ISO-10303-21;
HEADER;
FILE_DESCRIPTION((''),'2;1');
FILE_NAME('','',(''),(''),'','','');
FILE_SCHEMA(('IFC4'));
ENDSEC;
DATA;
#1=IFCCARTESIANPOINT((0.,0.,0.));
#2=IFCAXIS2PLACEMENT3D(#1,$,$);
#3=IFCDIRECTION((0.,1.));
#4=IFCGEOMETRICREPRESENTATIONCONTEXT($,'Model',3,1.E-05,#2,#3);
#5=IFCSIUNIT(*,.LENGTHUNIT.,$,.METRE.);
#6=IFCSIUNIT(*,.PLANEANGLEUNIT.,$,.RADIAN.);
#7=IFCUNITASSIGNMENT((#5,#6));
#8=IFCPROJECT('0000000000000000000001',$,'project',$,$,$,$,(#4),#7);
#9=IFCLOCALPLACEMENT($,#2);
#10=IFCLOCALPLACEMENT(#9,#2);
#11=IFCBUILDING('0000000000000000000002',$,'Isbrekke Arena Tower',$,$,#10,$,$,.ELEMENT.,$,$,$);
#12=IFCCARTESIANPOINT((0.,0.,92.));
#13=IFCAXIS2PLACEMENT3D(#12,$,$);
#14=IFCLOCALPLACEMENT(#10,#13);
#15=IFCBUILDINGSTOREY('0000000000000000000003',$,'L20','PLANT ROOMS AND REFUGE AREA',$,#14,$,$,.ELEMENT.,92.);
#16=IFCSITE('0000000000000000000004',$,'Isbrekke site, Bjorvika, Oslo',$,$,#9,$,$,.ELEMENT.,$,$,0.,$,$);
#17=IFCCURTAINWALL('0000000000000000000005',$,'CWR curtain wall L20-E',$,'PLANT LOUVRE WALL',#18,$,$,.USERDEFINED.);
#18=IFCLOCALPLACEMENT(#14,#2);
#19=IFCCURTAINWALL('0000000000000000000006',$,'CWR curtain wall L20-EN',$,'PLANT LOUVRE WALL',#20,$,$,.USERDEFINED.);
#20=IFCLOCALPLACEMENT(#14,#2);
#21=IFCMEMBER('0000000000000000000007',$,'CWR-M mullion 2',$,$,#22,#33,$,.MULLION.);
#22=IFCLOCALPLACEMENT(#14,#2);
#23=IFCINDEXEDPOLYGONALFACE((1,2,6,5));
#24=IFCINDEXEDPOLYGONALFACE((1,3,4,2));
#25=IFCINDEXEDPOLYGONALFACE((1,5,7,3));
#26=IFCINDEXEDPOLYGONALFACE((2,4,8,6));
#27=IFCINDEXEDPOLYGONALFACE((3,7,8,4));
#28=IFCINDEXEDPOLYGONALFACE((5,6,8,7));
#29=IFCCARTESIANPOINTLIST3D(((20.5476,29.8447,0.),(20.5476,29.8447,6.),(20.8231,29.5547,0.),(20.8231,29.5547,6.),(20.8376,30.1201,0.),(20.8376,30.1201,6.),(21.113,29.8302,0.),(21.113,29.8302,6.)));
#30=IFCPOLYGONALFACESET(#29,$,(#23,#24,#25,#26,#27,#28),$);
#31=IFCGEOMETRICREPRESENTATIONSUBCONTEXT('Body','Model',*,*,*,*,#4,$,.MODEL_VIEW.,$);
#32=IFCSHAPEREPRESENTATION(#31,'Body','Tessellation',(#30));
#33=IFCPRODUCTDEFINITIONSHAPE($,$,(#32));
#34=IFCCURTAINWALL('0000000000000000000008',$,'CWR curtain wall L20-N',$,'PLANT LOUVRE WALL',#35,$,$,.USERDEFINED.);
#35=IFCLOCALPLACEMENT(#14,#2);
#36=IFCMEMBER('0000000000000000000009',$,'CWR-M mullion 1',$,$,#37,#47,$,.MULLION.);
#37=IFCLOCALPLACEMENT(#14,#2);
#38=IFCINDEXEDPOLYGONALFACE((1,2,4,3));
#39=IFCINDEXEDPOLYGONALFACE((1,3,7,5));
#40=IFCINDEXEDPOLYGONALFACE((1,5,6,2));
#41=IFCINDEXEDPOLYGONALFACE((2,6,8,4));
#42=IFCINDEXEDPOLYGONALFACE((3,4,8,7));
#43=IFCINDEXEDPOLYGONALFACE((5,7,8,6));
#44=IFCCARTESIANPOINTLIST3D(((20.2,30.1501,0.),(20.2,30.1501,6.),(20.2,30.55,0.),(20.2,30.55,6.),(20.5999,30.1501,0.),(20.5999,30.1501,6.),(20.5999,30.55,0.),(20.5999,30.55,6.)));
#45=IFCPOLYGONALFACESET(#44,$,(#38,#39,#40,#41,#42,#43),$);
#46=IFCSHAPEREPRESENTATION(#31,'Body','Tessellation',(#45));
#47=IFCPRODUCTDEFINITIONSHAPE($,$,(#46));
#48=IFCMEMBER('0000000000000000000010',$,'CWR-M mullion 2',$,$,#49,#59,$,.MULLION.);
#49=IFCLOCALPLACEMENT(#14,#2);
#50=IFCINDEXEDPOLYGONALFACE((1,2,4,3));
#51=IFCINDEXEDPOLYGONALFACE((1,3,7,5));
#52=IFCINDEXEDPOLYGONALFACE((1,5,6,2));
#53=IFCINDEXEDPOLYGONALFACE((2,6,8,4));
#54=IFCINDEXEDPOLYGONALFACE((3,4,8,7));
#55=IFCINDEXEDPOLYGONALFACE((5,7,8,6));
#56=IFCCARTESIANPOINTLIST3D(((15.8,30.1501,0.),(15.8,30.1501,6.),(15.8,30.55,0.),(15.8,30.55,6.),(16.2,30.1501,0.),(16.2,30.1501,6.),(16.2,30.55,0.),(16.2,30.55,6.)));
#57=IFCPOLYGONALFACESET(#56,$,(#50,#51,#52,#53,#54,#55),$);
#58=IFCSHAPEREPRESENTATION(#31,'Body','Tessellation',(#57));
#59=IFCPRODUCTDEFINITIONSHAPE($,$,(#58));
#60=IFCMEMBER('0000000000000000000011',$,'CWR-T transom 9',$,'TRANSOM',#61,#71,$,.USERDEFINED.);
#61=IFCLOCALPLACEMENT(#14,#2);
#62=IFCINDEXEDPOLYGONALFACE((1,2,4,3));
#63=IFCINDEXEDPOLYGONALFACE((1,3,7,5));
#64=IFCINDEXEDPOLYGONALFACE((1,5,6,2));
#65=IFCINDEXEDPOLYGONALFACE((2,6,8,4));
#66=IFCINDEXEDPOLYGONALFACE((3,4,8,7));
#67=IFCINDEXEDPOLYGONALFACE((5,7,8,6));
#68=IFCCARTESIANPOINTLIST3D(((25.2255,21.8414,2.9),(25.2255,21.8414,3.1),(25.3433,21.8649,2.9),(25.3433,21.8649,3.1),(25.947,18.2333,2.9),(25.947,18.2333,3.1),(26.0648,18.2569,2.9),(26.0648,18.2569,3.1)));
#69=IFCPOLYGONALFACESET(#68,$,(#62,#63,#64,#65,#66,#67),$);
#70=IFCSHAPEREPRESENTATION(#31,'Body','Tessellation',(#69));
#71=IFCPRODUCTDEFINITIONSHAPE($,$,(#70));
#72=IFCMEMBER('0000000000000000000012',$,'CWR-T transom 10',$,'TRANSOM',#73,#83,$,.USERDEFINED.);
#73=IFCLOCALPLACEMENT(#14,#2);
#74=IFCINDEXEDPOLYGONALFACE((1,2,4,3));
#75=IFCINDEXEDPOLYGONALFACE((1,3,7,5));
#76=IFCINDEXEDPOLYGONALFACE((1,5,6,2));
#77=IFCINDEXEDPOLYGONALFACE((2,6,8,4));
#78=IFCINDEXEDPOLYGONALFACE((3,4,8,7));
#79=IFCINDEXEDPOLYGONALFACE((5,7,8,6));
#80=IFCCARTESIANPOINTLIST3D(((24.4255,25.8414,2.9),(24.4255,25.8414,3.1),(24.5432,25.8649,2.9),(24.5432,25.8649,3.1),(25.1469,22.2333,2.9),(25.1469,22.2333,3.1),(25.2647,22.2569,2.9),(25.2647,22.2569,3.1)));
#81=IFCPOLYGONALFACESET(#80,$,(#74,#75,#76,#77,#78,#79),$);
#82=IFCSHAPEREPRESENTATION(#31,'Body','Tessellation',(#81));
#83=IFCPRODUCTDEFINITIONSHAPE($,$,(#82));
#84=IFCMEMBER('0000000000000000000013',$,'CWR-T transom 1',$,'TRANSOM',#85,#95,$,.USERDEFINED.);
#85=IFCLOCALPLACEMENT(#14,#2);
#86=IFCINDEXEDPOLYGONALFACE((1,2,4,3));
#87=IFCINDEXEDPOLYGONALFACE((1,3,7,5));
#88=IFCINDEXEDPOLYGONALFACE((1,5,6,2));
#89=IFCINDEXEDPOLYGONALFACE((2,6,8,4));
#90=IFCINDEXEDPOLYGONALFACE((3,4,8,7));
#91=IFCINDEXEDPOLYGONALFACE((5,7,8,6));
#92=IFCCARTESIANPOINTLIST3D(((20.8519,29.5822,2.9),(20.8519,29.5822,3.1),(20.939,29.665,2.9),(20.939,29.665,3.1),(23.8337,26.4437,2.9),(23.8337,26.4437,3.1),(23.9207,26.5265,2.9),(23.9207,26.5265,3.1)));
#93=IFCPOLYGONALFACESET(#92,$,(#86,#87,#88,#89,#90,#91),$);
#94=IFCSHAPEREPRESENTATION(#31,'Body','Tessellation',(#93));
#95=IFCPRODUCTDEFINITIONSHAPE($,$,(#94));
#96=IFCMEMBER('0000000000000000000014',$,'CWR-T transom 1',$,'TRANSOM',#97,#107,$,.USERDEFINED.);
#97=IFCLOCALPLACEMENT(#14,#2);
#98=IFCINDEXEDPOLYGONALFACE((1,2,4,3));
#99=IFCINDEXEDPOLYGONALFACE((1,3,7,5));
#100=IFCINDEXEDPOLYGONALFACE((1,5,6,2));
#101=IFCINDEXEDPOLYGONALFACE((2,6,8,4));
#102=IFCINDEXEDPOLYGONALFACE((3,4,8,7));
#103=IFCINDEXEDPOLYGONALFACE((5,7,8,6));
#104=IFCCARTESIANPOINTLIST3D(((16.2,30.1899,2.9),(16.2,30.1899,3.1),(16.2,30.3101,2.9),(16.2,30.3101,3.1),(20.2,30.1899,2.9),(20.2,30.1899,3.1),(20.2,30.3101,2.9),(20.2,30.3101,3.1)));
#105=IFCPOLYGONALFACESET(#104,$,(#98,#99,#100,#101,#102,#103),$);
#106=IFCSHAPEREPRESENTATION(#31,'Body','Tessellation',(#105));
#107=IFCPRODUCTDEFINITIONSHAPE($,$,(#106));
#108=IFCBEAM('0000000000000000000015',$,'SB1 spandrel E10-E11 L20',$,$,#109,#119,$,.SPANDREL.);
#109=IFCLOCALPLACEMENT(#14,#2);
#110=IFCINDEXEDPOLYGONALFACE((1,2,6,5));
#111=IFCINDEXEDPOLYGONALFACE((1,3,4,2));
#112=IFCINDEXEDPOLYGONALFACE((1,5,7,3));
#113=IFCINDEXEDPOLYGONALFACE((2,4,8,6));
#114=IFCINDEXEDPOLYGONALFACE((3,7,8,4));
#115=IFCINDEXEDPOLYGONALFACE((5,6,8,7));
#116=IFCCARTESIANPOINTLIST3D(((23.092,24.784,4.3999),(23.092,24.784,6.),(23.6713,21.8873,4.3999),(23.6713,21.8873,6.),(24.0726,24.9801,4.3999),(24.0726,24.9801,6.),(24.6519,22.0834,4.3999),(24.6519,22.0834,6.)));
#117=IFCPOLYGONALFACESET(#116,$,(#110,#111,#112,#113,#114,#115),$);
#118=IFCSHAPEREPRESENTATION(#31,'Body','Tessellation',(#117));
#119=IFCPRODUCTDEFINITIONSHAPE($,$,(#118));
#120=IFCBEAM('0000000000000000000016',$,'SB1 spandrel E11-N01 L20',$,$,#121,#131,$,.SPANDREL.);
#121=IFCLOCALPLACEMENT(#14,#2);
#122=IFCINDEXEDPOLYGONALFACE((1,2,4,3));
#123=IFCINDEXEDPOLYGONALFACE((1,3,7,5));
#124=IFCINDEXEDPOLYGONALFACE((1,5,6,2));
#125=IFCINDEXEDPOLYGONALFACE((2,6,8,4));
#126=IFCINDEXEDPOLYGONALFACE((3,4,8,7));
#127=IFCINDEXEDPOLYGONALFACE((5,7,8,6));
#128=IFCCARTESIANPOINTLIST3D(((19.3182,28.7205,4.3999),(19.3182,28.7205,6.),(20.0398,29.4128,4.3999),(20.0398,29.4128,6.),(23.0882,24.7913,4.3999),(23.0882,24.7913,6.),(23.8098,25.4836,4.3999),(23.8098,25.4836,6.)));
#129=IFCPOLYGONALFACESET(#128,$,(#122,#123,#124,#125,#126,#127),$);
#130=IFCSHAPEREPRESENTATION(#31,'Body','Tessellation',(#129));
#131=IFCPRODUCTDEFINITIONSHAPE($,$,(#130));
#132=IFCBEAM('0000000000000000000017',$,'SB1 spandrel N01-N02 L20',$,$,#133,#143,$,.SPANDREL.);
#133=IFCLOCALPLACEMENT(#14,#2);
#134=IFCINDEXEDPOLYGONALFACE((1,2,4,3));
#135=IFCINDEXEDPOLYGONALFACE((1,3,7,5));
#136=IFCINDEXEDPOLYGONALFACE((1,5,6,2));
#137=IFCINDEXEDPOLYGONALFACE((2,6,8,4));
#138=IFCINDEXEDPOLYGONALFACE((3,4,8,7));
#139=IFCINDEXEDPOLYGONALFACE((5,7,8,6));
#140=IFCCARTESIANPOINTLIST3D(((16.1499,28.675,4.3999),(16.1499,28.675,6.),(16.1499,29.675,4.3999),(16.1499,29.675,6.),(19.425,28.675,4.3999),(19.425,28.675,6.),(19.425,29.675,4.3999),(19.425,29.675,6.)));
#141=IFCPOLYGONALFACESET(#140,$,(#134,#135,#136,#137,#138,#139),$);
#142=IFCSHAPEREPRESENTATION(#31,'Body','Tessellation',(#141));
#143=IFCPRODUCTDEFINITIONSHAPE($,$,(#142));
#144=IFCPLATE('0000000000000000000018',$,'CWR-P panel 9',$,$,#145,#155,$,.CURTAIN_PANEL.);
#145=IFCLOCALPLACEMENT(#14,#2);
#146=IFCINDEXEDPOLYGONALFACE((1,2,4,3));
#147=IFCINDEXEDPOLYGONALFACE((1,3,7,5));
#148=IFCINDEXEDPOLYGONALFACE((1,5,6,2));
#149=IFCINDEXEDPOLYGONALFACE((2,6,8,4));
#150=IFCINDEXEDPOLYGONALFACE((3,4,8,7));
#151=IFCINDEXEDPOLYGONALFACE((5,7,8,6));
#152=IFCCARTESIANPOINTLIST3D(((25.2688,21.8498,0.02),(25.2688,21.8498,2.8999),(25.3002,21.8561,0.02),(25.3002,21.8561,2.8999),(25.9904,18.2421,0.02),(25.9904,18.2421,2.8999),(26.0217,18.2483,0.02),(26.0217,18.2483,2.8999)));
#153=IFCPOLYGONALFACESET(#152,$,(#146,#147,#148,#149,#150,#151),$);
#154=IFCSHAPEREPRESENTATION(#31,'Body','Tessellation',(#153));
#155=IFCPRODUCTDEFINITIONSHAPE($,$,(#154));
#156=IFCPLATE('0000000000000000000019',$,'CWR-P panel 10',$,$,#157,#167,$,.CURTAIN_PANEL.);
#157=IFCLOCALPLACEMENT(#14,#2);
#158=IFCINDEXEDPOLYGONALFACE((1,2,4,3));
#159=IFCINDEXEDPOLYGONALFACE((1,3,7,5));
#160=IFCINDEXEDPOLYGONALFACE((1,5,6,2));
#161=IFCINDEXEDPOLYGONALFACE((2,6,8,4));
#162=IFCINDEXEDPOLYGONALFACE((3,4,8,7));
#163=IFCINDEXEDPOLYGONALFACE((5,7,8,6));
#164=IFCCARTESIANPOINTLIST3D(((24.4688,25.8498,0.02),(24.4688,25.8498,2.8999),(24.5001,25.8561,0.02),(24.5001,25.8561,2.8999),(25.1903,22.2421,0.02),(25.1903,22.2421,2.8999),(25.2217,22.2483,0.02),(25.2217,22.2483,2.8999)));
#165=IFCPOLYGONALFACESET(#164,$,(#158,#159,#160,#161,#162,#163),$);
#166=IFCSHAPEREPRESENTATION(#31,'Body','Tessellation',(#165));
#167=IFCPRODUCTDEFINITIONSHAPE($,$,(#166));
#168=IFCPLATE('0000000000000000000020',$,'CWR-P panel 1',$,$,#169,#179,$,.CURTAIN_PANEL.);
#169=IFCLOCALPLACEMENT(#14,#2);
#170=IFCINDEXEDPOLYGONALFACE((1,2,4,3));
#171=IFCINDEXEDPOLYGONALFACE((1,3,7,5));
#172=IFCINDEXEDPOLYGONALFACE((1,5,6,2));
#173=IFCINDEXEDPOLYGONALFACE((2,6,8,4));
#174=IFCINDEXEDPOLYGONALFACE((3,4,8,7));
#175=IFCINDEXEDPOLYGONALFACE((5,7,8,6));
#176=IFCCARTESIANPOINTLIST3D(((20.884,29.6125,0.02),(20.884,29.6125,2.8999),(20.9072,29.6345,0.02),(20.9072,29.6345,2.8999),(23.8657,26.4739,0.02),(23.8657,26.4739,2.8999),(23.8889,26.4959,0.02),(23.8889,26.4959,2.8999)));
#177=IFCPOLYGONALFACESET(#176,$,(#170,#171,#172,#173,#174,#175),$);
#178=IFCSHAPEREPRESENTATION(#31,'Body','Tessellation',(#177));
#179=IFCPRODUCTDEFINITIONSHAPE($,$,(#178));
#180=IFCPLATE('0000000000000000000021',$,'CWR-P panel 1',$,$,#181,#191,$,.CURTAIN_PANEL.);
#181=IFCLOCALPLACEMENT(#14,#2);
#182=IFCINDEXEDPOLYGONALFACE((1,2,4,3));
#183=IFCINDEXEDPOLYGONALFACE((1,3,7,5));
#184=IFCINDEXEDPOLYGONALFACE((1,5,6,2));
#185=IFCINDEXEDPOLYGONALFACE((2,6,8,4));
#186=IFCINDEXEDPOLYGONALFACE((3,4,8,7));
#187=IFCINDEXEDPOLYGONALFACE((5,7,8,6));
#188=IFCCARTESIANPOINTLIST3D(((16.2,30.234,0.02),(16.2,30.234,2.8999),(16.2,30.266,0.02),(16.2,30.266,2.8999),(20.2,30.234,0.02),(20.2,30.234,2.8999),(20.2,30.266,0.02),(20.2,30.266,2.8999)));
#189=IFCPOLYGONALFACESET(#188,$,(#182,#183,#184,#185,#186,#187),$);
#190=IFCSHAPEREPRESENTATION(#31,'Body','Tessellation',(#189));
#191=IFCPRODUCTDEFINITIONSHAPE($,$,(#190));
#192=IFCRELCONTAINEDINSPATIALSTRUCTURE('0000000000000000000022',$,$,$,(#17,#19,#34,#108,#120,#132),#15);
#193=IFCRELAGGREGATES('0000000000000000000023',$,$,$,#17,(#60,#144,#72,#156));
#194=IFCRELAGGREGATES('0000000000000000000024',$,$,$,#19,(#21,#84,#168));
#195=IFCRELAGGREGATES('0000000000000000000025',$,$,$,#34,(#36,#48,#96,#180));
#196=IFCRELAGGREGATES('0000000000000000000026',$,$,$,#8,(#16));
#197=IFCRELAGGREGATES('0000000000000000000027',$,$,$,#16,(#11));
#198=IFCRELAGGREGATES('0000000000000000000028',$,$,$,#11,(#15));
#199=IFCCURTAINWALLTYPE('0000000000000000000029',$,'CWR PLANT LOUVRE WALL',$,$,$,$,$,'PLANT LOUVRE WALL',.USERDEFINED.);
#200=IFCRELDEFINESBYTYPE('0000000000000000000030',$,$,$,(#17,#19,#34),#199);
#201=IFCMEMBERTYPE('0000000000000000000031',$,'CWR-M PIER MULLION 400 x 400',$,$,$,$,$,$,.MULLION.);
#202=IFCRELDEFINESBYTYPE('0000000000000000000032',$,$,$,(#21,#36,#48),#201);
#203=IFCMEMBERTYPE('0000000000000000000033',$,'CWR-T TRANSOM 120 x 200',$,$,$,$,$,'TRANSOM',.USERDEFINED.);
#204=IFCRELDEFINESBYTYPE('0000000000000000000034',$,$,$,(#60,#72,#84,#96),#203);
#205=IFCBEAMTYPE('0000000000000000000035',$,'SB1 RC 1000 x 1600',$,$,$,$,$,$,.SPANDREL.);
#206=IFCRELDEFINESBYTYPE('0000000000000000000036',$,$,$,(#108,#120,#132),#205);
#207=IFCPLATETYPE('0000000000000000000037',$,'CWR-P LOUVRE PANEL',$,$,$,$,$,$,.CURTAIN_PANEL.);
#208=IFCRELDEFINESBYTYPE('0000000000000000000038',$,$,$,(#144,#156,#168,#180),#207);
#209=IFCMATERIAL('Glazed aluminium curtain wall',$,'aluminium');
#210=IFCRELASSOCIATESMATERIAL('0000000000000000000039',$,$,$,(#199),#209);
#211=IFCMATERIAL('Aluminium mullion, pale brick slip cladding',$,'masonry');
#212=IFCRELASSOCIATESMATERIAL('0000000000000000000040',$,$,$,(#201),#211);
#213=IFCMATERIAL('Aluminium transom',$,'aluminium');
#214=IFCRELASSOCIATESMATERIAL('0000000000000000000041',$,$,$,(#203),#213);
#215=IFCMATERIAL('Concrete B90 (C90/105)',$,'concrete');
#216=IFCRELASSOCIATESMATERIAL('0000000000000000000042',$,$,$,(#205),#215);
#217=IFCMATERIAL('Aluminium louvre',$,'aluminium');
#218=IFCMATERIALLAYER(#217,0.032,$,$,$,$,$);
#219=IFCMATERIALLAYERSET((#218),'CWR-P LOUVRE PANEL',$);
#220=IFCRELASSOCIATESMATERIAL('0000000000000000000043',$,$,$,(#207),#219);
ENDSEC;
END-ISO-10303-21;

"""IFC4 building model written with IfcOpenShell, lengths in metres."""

from ifc_helpers import new_model, si_unit, direction, frame, origin, origin_2d, place, context, subcontext, project, spatial, rectangle, extrude, material, layer, layer_set, material_profile, profile_set, type_object, element, aggregate, save


model = new_model("IFC4")

# Units and contexts
model_context = context("Model", 3, precision=1e-05, world=origin(), true_north=direction((0.0, 1.0)))
body_context = subcontext(model_context, "Body", "Model", "MODEL_VIEW")
ifc_project = project(units=[si_unit("LENGTHUNIT", "METRE"), si_unit("PLANEANGLEUNIT", "RADIAN")], contexts=[model_context])

# Site, building, storey
site_placement = place(None, origin())
site = spatial("IfcSite", under=ifc_project, at=site_placement, Name="Isbrekke site, Bjorvika, Oslo", CompositionType="ELEMENT", RefElevation=0.0)
building_placement = place(site_placement, origin())
building = spatial("IfcBuilding", under=site, at=building_placement, Name="Isbrekke Arena Tower", CompositionType="ELEMENT")
storey_placement = place(building_placement, frame((0.0, 0.0, 92.0)))
storey = spatial("IfcBuildingStorey", under=building, at=storey_placement, Name="L20", Description="PLANT ROOMS AND REFUGE AREA", CompositionType="ELEMENT", Elevation=92.0)

# Curtain walls, members
ifc_material_1 = material(Name="Glazed aluminium curtain wall", Category="aluminium")
curtain_wall_type = type_object("IfcCurtainWallType", Name="CWR PLANT LOUVRE WALL", ElementType="PLANT LOUVRE WALL", PredefinedType="USERDEFINED", material=ifc_material_1)
curtain_wall_1_placement = place(storey_placement, origin())
curtain_wall_1 = element("IfcCurtainWall", 1, at=curtain_wall_1_placement, inside=storey, type_object=curtain_wall_type, Name="CWR curtain wall L20-E", ObjectType="PLANT LOUVRE WALL", PredefinedType="USERDEFINED")
ifc_material_2 = material(Name="Aluminium mullion, pale brick slip cladding", Category="masonry")
ifc_material_profile_1 = material_profile(ifc_material_2, rectangle(XDim=0.3999, YDim=0.3999, at=origin_2d()), Name="PIER 400X400")
ifc_profile_set_1 = profile_set([ifc_material_profile_1], Name="Aluminium mullion, pale brick slip cladding")
member_type_1 = type_object("IfcMemberType", Name="CWR-M PIER MULLION 400 x 400", PredefinedType="MULLION", material=ifc_profile_set_1)
curtain_wall_2_placement = place(storey_placement, origin())
curtain_wall_2 = element("IfcCurtainWall", 2, at=curtain_wall_2_placement, inside=storey, type_object=curtain_wall_type, Name="CWR curtain wall L20-EN", ObjectType="PLANT LOUVRE WALL", PredefinedType="USERDEFINED")
member_1_placement = place(storey_placement, frame((20.8303, 29.8374, 0.0), z_axis=(0.0, 0.0, 1.0), x_axis=(-0.688749, 0.724999, 0.0)))
member_1 = element("IfcMember", 3, at=member_1_placement, type_object=member_type_1, Name="CWR-M mullion 2", PredefinedType="MULLION", context=body_context, shape_type="SweptSolid", body=[
    extrude(rectangle(XDim=0.3999, YDim=0.3999, at=origin_2d()), origin(), (0.0, 0.0, 1.0), 6.0),
])
curtain_wall_3_placement = place(storey_placement, origin())
curtain_wall_3 = element("IfcCurtainWall", 4, at=curtain_wall_3_placement, inside=storey, type_object=curtain_wall_type, Name="CWR curtain wall L20-N", ObjectType="PLANT LOUVRE WALL", PredefinedType="USERDEFINED")
member_2_placement = place(storey_placement, frame((20.3999, 30.3501, 0.0), z_axis=(0.0, 0.0, 1.0), x_axis=(-1.0, 0.0, 0.0)))
member_2 = element("IfcMember", 5, at=member_2_placement, type_object=member_type_1, Name="CWR-M mullion 1", PredefinedType="MULLION", context=body_context, shape_type="SweptSolid", body=[
    extrude(rectangle(XDim=0.3999, YDim=0.3999, at=origin_2d()), origin(), (0.0, 0.0, 1.0), 6.0),
])
member_3_placement = place(storey_placement, frame((16.0, 30.3501, 0.0), z_axis=(0.0, 0.0, 1.0), x_axis=(-1.0, 0.0, 0.0)))
member_3 = element("IfcMember", 6, at=member_3_placement, type_object=member_type_1, Name="CWR-M mullion 2", PredefinedType="MULLION", context=body_context, shape_type="SweptSolid", body=[
    extrude(rectangle(XDim=0.3999, YDim=0.3999, at=origin_2d()), origin(), (0.0, 0.0, 1.0), 6.0),
])

# Members
ifc_material_3 = material(Name="Aluminium transom", Category="aluminium")
ifc_material_profile_2 = material_profile(ifc_material_3, rectangle(XDim=0.1201, YDim=0.2, at=origin_2d()), Name="TRANSOM 120X200")
ifc_profile_set_2 = profile_set([ifc_material_profile_2], Name="Aluminium transom")
member_type_2 = type_object("IfcMemberType", Name="CWR-T TRANSOM 120 x 200", ElementType="TRANSOM", PredefinedType="USERDEFINED", material=ifc_profile_set_2)
member_4_placement = place(storey_placement, frame((26.0059, 18.2451, 3.0), z_axis=(-0.196078, 0.980588, 0.0), x_axis=(-0.980588, -0.196078, 0.0)))
member_4 = element("IfcMember", 7, at=member_4_placement, type_object=member_type_2, Name="CWR-T transom 9", ObjectType="TRANSOM", PredefinedType="USERDEFINED", context=body_context, shape_type="SweptSolid", body=[
    extrude(rectangle(XDim=0.1201, YDim=0.2, at=origin_2d()), origin(), (0.0, 0.0, 1.0), 3.6794),
])
member_5_placement = place(storey_placement, frame((25.2058, 22.2451, 3.0), z_axis=(-0.196078, 0.980588, 0.0), x_axis=(-0.980588, -0.196078, 0.0)))
member_5 = element("IfcMember", 8, at=member_5_placement, type_object=member_type_2, Name="CWR-T transom 10", ObjectType="TRANSOM", PredefinedType="USERDEFINED", context=body_context, shape_type="SweptSolid", body=[
    extrude(rectangle(XDim=0.1201, YDim=0.2, at=origin_2d()), origin(), (0.0, 0.0, 1.0), 3.6794),
])
member_6_placement = place(storey_placement, frame((23.8772, 26.4851, 3.0), z_axis=(-0.688772, 0.724978, 0.0), x_axis=(-0.724978, -0.688772, 0.0)))
member_6 = element("IfcMember", 9, at=member_6_placement, type_object=member_type_2, Name="CWR-T transom 1", ObjectType="TRANSOM", PredefinedType="USERDEFINED", context=body_context, shape_type="SweptSolid", body=[
    extrude(rectangle(XDim=0.1201, YDim=0.2, at=origin_2d()), origin(), (0.0, 0.0, 1.0), 4.3291),
])
member_7_placement = place(storey_placement, frame((20.2, 30.25, 3.0), z_axis=(-1.0, 0.0, 0.0), x_axis=(0.0, -1.0, 0.0)))
member_7 = element("IfcMember", 10, at=member_7_placement, type_object=member_type_2, Name="CWR-T transom 1", ObjectType="TRANSOM", PredefinedType="USERDEFINED", context=body_context, shape_type="SweptSolid", body=[
    extrude(rectangle(XDim=0.1201, YDim=0.2, at=origin_2d()), origin(), (0.0, 0.0, 1.0), 4.0),
])

# Beams
ifc_material_4 = material(Name="Concrete B90 (C90/105)", Category="concrete")
ifc_material_profile_3 = material_profile(ifc_material_4, rectangle(XDim=1.0, YDim=1.6001, at=origin_2d()), Name="RC 1000x1600")
ifc_profile_set_3 = profile_set([ifc_material_profile_3], Name="Concrete B90 (C90/105)")
beam_type_1 = type_object("IfcBeamType", Name="SB1 RC 1000 x 1600", PredefinedType="SPANDREL", material=ifc_profile_set_3)
beam_1_placement = place(storey_placement, frame((24.1616, 21.9854, 5.2), z_axis=(-0.196116, 0.980581, 0.0), x_axis=(-0.980581, -0.196116, 0.0)))
element("IfcBeam", 11, at=beam_1_placement, inside=storey, type_object=beam_type_1, Name="SB1 spandrel E10-E11 L20", PredefinedType="SPANDREL", context=body_context, shape_type="SweptSolid", body=[
    extrude(rectangle(XDim=1.0, YDim=1.6001, at=origin_2d()), origin(), (0.0, 0.0, 1.0), 2.9541),
])
beam_2_placement = place(storey_placement, frame((23.449, 25.1375, 5.2), z_axis=(-0.69234, 0.721572, 0.0), x_axis=(-0.721572, -0.69234, 0.0)))
element("IfcBeam", 12, at=beam_2_placement, inside=storey, type_object=beam_type_1, Name="SB1 spandrel E11-N01 L20", PredefinedType="SPANDREL", context=body_context, shape_type="SweptSolid", body=[
    extrude(rectangle(XDim=1.0, YDim=1.6001, at=origin_2d()), origin(), (0.0, 0.0, 1.0), 5.4453),
])
beam_3_placement = place(storey_placement, frame((19.425, 29.175, 5.2), z_axis=(-1.0, 0.0, 0.0), x_axis=(0.0, -1.0, 0.0)))
element("IfcBeam", 13, at=beam_3_placement, inside=storey, type_object=beam_type_1, Name="SB1 spandrel N01-N02 L20", PredefinedType="SPANDREL", context=body_context, shape_type="SweptSolid", body=[
    extrude(rectangle(XDim=1.0, YDim=1.6001, at=origin_2d()), origin(), (0.0, 0.0, 1.0), 3.2751),
])

# Plates
ifc_material_5 = material(Name="Aluminium louvre", Category="aluminium")
ifc_layer_1 = layer(ifc_material_5, 0.032)
ifc_layer_set_1 = layer_set([ifc_layer_1], Name="CWR-P LOUVRE PANEL")
plate_type = type_object("IfcPlateType", Name="CWR-P LOUVRE PANEL", PredefinedType="CURTAIN_PANEL", material=ifc_layer_set_1)
plate_1_placement = place(storey_placement, frame((25.6453, 20.0491, 0.02), z_axis=(0.0, 0.0, 1.0), x_axis=(-0.196116, 0.980581, 0.0)))
plate_1 = element("IfcPlate", 14, at=plate_1_placement, type_object=plate_type, Name="CWR-P panel 9", PredefinedType="CURTAIN_PANEL", context=body_context, shape_type="SweptSolid", body=[
    extrude(rectangle(XDim=3.6792, YDim=0.032, at=origin_2d()), origin(), (0.0, 0.0, 1.0), 2.8799),
])
plate_2_placement = place(storey_placement, frame((24.8452, 24.0491, 0.02), z_axis=(0.0, 0.0, 1.0), x_axis=(-0.196116, 0.980581, 0.0)))
plate_2 = element("IfcPlate", 15, at=plate_2_placement, type_object=plate_type, Name="CWR-P panel 10", PredefinedType="CURTAIN_PANEL", context=body_context, shape_type="SweptSolid", body=[
    extrude(rectangle(XDim=3.6792, YDim=0.032, at=origin_2d()), origin(), (0.0, 0.0, 1.0), 2.8799),
])
aggregate(curtain_wall_1, [member_4, plate_1, member_5, plate_2])
plate_3_placement = place(storey_placement, frame((22.3865, 28.0542, 0.02), z_axis=(0.0, 0.0, 1.0), x_axis=(-0.688749, 0.724999, 0.0)))
plate_3 = element("IfcPlate", 16, at=plate_3_placement, type_object=plate_type, Name="CWR-P panel 1", PredefinedType="CURTAIN_PANEL", context=body_context, shape_type="SweptSolid", body=[
    extrude(rectangle(XDim=4.3291, YDim=0.032, at=origin_2d()), origin(), (0.0, 0.0, 1.0), 2.8799),
])
aggregate(curtain_wall_2, [member_1, member_6, plate_3])
plate_4_placement = place(storey_placement, frame((18.2, 30.25, 0.02), z_axis=(0.0, 0.0, 1.0), x_axis=(-1.0, 0.0, 0.0)))
plate_4 = element("IfcPlate", 17, at=plate_4_placement, type_object=plate_type, Name="CWR-P panel 1", PredefinedType="CURTAIN_PANEL", context=body_context, shape_type="SweptSolid", body=[
    extrude(rectangle(XDim=4.0, YDim=0.032, at=origin_2d()), origin(), (0.0, 0.0, 1.0), 2.8799),
])
aggregate(curtain_wall_3, [member_2, member_3, member_7, plate_4])

save(model, "model.ifc")
